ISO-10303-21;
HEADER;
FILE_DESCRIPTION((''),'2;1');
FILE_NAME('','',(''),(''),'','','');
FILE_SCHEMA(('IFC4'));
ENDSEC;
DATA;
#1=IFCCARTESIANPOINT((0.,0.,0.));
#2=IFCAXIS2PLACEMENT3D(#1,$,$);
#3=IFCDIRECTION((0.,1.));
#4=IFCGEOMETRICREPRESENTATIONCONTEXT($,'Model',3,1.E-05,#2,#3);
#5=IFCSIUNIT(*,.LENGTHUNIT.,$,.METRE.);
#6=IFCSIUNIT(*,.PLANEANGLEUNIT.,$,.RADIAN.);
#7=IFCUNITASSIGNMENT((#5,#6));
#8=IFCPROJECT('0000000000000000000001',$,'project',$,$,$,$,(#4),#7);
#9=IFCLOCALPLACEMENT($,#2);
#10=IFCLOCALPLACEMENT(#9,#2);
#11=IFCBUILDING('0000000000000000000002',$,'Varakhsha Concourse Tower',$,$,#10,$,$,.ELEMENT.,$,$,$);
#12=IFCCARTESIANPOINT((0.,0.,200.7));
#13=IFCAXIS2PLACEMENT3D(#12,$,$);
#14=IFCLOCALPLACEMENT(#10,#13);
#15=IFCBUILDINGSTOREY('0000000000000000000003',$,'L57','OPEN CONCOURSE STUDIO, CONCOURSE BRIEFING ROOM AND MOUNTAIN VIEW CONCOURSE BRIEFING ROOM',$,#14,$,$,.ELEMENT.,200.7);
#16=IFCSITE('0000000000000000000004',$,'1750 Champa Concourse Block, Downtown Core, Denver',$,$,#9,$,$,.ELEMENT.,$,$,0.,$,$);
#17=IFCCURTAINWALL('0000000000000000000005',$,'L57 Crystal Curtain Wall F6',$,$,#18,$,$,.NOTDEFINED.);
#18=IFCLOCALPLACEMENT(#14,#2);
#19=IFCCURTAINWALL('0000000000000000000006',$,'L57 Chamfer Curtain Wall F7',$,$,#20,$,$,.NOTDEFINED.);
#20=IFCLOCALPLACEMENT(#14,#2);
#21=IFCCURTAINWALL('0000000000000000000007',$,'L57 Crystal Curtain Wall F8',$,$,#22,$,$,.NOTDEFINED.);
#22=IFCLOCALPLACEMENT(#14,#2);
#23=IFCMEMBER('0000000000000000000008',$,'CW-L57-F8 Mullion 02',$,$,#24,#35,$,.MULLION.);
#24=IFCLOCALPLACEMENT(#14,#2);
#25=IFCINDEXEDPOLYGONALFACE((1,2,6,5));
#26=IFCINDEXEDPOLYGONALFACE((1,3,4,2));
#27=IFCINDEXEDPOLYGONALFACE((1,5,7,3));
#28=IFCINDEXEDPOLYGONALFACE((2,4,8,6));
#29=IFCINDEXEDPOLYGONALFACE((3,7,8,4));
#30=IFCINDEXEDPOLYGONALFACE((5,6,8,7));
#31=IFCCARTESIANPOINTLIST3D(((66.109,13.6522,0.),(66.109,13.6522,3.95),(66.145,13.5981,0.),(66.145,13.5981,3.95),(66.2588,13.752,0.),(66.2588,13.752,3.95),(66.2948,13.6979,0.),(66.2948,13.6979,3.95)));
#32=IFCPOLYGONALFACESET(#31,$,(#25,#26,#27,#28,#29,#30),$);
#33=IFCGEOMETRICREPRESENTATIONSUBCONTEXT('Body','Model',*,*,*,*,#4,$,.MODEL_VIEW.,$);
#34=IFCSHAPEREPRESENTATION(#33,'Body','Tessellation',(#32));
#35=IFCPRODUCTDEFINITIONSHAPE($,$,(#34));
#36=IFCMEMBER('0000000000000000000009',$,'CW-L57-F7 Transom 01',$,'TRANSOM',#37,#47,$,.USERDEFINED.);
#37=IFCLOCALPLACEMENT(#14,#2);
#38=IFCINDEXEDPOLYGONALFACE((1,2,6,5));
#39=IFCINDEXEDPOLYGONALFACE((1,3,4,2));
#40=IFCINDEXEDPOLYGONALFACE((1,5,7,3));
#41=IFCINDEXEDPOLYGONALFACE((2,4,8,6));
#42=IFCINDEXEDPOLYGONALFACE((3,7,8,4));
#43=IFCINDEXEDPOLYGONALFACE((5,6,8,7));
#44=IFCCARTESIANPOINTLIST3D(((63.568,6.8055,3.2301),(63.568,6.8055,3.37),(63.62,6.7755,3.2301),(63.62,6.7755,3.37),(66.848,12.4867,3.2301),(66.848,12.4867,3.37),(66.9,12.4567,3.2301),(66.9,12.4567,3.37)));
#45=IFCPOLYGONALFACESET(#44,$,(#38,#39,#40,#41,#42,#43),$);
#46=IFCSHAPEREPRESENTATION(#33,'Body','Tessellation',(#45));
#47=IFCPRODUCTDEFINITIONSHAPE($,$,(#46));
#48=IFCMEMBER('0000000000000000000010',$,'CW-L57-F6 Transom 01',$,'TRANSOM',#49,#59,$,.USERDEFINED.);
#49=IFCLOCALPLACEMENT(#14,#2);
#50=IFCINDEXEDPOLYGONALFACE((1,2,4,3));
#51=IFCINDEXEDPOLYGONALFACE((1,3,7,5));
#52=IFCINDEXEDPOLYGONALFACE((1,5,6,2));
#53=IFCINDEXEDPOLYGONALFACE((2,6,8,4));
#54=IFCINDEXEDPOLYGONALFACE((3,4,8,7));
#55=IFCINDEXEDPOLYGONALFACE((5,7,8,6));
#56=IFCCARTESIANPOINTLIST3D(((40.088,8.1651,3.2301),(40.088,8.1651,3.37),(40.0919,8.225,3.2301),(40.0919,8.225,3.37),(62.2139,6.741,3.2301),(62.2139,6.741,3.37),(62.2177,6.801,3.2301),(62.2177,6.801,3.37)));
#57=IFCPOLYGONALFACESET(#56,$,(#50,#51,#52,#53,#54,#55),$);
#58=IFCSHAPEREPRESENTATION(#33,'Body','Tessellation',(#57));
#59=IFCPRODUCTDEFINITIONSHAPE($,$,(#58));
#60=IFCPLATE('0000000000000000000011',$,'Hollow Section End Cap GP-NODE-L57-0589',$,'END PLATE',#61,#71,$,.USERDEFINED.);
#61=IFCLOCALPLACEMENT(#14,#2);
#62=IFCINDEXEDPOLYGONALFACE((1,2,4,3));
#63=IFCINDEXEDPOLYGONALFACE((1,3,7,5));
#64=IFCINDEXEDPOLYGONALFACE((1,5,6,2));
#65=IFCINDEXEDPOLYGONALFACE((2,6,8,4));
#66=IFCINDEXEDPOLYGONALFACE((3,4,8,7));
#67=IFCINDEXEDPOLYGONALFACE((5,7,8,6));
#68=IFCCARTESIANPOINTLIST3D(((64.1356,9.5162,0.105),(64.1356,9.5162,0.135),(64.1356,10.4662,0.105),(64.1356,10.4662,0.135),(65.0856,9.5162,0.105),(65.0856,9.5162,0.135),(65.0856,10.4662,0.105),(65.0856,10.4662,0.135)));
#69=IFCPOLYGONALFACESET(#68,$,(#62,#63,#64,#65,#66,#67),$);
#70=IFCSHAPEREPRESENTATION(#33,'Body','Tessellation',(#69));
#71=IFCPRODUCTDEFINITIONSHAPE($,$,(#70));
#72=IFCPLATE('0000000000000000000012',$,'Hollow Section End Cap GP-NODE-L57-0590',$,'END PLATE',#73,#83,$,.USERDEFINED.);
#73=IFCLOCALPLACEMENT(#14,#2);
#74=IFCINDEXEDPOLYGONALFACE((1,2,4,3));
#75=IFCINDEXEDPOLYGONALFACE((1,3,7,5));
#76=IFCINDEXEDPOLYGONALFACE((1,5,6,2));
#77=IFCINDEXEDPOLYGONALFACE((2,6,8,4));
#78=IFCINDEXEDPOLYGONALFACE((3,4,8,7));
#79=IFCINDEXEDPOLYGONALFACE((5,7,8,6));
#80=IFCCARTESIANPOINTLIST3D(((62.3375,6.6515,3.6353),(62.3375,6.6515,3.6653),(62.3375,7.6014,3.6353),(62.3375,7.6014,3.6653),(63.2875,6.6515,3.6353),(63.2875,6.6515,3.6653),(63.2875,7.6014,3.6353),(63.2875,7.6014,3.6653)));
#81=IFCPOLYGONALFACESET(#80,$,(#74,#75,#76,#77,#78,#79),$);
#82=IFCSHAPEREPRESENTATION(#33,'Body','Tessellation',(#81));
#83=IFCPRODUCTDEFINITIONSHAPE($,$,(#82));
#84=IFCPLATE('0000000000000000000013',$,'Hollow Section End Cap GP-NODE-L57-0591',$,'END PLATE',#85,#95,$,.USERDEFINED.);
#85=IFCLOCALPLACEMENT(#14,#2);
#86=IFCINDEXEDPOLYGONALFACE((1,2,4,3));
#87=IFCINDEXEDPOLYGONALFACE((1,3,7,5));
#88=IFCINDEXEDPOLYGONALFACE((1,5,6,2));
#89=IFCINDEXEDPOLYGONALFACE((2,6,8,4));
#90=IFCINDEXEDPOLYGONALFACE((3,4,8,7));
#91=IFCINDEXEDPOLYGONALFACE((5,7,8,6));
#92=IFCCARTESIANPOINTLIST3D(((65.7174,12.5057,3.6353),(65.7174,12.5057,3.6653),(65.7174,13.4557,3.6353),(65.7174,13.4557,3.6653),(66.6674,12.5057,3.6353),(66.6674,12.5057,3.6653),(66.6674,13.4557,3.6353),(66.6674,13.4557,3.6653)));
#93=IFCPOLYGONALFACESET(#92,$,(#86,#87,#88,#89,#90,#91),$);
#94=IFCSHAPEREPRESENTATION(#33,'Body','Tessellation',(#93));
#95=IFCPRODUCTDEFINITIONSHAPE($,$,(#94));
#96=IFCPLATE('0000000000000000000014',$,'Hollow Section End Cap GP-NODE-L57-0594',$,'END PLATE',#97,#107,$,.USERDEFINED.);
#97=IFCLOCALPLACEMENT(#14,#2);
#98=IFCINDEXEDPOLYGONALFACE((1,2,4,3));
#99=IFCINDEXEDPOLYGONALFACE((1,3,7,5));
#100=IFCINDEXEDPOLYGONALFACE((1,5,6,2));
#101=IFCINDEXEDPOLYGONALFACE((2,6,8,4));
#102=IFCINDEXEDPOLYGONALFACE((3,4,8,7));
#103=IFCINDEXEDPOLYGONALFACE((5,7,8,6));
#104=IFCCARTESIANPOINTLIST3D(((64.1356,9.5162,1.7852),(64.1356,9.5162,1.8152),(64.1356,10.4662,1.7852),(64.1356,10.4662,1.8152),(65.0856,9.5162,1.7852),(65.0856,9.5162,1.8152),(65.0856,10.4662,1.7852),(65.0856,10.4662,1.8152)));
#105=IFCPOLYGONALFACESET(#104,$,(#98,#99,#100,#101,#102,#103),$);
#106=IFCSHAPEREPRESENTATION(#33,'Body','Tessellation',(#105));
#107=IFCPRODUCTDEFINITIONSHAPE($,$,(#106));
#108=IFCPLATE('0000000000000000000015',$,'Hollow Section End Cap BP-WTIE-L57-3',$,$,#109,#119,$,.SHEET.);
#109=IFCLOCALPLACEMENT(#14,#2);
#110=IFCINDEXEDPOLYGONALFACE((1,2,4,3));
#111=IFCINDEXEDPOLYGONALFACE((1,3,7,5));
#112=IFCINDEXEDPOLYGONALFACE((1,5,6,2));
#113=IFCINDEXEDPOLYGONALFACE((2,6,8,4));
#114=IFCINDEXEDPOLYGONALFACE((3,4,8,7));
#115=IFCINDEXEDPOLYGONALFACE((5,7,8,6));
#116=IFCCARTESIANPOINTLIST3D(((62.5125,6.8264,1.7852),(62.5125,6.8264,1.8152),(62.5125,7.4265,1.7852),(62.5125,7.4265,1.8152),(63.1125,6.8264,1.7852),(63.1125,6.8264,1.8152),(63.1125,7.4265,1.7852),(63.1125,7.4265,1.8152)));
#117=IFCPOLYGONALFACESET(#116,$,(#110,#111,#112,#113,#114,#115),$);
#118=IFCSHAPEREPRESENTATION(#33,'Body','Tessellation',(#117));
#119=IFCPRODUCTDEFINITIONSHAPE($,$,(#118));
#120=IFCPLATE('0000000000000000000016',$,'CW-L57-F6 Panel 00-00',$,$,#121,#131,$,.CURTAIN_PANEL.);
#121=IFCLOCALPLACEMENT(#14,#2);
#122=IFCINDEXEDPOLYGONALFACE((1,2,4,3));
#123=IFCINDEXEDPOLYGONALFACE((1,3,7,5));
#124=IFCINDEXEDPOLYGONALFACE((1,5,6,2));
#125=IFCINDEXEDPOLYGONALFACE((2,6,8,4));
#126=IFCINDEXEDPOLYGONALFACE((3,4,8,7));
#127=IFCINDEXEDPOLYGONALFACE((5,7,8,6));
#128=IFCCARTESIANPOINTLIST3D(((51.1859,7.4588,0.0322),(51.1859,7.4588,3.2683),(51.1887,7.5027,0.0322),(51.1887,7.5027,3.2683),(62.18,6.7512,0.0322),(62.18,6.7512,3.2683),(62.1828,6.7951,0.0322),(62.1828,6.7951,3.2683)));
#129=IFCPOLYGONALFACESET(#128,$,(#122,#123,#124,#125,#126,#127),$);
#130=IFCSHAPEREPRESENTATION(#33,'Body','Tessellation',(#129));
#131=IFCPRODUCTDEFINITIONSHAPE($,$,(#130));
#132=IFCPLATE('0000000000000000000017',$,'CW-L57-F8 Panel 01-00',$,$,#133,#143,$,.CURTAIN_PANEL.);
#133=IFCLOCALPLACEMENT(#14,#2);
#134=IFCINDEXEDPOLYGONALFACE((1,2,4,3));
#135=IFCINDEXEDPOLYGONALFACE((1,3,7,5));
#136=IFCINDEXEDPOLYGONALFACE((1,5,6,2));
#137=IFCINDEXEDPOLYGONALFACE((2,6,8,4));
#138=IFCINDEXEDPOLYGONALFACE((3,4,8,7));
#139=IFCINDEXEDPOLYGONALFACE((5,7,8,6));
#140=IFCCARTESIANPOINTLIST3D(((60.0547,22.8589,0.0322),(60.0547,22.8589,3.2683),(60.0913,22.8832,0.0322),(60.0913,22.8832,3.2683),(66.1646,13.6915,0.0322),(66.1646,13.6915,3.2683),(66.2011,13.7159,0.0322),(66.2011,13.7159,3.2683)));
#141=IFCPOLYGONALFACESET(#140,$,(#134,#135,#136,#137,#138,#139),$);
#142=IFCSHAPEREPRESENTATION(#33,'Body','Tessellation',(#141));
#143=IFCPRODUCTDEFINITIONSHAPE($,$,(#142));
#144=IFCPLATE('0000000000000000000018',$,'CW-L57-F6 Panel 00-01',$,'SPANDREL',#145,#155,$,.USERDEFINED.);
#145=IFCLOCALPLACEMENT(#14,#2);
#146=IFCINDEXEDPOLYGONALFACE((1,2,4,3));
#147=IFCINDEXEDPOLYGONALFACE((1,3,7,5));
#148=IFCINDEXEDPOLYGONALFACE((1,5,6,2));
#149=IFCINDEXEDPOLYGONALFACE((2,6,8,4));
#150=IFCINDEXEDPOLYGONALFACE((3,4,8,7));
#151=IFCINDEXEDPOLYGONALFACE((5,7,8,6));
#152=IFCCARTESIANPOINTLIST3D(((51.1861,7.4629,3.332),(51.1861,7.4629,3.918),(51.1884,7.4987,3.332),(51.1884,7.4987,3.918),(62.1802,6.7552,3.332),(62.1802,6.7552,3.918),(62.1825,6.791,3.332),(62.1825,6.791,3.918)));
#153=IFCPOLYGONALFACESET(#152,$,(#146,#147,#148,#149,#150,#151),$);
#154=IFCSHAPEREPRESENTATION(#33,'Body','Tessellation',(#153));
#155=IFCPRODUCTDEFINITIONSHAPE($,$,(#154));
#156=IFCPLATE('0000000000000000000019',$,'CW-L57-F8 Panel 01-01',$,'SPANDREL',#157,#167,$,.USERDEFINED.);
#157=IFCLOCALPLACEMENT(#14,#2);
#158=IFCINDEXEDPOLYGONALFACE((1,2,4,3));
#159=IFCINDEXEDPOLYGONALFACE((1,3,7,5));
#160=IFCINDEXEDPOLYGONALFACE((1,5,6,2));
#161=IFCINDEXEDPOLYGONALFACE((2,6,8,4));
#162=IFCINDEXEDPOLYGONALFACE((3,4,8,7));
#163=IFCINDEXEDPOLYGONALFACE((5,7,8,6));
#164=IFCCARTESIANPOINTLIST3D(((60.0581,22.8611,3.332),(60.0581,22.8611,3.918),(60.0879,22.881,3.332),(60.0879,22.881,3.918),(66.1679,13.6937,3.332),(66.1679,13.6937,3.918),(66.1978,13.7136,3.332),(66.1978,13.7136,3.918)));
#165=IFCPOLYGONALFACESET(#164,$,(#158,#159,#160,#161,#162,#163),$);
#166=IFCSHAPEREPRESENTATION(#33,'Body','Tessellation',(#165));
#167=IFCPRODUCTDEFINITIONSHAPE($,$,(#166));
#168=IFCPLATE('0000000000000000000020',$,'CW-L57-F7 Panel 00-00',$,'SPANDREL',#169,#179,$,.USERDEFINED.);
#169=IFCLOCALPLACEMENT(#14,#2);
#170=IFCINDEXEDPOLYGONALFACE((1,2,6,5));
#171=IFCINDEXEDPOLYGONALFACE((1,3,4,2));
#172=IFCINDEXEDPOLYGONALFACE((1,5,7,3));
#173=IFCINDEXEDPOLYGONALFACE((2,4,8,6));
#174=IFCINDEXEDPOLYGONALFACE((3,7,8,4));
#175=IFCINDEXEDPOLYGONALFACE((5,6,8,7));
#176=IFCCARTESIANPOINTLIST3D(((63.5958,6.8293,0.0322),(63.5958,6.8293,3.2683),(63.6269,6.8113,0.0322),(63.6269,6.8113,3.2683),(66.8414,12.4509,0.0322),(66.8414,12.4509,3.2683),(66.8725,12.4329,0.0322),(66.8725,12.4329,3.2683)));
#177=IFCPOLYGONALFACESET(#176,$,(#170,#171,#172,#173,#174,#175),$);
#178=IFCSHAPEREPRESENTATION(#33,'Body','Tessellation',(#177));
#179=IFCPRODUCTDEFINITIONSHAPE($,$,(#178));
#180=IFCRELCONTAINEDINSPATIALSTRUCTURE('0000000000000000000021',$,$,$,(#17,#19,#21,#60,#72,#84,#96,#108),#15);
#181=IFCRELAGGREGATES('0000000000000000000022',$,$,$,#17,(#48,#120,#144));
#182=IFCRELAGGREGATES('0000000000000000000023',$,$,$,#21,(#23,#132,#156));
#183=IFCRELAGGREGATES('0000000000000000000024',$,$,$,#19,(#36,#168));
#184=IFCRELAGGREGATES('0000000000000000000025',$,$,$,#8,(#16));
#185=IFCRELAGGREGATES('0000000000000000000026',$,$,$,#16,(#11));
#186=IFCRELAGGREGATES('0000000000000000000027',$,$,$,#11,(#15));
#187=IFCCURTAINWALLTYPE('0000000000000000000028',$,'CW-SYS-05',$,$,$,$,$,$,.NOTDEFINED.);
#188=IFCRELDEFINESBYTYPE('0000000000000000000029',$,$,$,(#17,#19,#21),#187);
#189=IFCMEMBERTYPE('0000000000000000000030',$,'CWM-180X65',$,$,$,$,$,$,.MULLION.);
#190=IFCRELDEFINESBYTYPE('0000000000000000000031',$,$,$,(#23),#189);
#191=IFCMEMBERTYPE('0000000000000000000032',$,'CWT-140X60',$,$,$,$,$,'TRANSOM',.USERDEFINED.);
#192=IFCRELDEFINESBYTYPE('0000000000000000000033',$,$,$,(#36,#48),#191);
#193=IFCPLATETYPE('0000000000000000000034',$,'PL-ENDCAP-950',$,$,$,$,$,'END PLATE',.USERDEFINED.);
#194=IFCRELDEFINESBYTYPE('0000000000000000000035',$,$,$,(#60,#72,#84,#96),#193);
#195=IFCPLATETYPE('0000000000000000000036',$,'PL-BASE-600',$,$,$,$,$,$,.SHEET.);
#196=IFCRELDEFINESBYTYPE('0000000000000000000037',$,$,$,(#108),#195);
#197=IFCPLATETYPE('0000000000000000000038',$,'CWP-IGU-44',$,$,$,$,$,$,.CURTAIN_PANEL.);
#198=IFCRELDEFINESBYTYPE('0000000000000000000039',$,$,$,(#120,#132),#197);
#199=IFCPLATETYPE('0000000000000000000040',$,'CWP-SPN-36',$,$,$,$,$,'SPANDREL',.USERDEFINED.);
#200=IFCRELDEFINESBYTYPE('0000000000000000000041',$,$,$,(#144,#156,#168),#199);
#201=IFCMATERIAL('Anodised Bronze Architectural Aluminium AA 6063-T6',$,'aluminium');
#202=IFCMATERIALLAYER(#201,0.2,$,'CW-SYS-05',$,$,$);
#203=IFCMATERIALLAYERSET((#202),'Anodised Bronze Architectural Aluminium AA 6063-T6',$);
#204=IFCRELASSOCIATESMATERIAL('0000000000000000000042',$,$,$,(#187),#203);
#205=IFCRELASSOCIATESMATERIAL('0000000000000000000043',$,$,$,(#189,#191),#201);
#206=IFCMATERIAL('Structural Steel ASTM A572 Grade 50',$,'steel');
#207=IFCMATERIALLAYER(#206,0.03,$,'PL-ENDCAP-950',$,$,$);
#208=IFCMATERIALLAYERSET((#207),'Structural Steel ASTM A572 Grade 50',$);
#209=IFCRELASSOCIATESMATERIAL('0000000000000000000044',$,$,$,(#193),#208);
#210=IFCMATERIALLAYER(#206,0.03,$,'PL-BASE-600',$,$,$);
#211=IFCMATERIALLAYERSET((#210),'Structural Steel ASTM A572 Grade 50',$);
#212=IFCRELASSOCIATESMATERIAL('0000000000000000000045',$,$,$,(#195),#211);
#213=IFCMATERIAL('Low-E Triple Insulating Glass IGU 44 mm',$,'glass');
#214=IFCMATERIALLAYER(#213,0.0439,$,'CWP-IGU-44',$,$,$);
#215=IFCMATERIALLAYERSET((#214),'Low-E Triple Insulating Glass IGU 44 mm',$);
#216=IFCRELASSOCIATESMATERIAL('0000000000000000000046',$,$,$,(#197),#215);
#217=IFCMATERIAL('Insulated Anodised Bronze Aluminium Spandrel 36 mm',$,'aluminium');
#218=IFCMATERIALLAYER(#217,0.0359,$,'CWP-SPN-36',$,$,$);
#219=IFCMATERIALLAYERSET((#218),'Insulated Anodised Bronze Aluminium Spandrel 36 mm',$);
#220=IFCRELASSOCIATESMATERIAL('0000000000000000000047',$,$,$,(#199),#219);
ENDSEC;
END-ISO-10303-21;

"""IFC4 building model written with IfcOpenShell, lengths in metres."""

from ifc_helpers import new_model, si_unit, direction, frame, origin, origin_2d, place, context, subcontext, project, spatial, rectangle, extrude, source, transform, mapped, material, layer, layer_set, material_profile, profile_set, type_object, type_shapes, element, aggregate, save


model = new_model("IFC4")

# Units and contexts
model_context = context("Model", 3, precision=1e-05, world=origin(), true_north=direction((0.0, 1.0)))
body_context = subcontext(model_context, "Body", "Model", "MODEL_VIEW")
ifc_project = project(units=[si_unit("LENGTHUNIT", "METRE"), si_unit("PLANEANGLEUNIT", "RADIAN")], contexts=[model_context])

# Site, building, storey
site_placement = place(None, origin())
site = spatial("IfcSite", under=ifc_project, at=site_placement, Name="1750 Champa Concourse Block, Downtown Core, Denver", CompositionType="ELEMENT", RefElevation=0.0)
building_placement = place(site_placement, origin())
building = spatial("IfcBuilding", under=site, at=building_placement, Name="Varakhsha Concourse Tower", CompositionType="ELEMENT")
storey_placement = place(building_placement, frame((0.0, 0.0, 200.7)))
storey = spatial("IfcBuildingStorey", under=building, at=storey_placement, Name="L57", Description="OPEN CONCOURSE STUDIO, CONCOURSE BRIEFING ROOM AND MOUNTAIN VIEW CONCOURSE BRIEFING ROOM", CompositionType="ELEMENT", Elevation=200.7)

# Shared definitions
ifc_material_1 = material(Name="Structural Steel ASTM A572 Grade 50", Category="steel")

# Curtain wall
ifc_material_2 = material(Name="Anodised Bronze Architectural Aluminium AA 6063-T6", Category="aluminium")
ifc_layer_1 = layer(ifc_material_2, 0.2, Name="CW-SYS-05")
ifc_layer_set_1 = layer_set([ifc_layer_1], Name="Anodised Bronze Architectural Aluminium AA 6063-T6")
curtain_wall_type = type_object("IfcCurtainWallType", Name="CW-SYS-05", PredefinedType="NOTDEFINED", material=ifc_layer_set_1)
curtain_wall_1_placement = place(storey_placement, origin())
curtain_wall_1 = element("IfcCurtainWall", 1, at=curtain_wall_1_placement, inside=storey, type_object=curtain_wall_type, Name="L57 Crystal Curtain Wall F6", PredefinedType="NOTDEFINED")
ifc_material_profile_1 = material_profile(ifc_material_2, rectangle(XDim=0.0649, YDim=0.1799, at=origin_2d()), Name="CWM-180X65")
ifc_profile_set_1 = profile_set([ifc_material_profile_1], Name="Anodised Bronze Architectural Aluminium AA 6063-T6")
member_type_1 = type_object("IfcMemberType", Name="CWM-180X65", PredefinedType="MULLION", material=ifc_profile_set_1)
shared_shape_1 = source(origin(), body_context, "Body", "SweptSolid", [
    extrude(rectangle(XDim=0.0649, YDim=0.1799, at=origin_2d()), origin(), (0.0, 0.0, 1.0), 3.95),
])
type_shapes(member_type_1, [shared_shape_1])

# Curtain wall
curtain_wall_2_placement = place(storey_placement, origin())
curtain_wall_2 = element("IfcCurtainWall", 2, at=curtain_wall_2_placement, inside=storey, type_object=curtain_wall_type, Name="L57 Chamfer Curtain Wall F7", PredefinedType="NOTDEFINED")

# Curtain wall, member
curtain_wall_3_placement = place(storey_placement, origin())
curtain_wall_3 = element("IfcCurtainWall", 3, at=curtain_wall_3_placement, inside=storey, type_object=curtain_wall_type, Name="L57 Crystal Curtain Wall F8", PredefinedType="NOTDEFINED")
member_1_placement = place(storey_placement, frame((66.2019, 13.675, 0.0), z_axis=(0.0, 0.0, 1.0), x_axis=(0.554592, -0.832123, 0.0)))
member_1 = element("IfcMember", 4, at=member_1_placement, type_object=member_type_1, Name="CW-L57-F8 Mullion 02", PredefinedType="MULLION", context=body_context, shape_type="MappedRepresentation", body=[
    mapped(shared_shape_1, transform((0.0, 0.0, 0.0), scale=1.0)),
])

# Members
ifc_material_profile_2 = material_profile(ifc_material_2, rectangle(XDim=0.0601, YDim=0.1399, at=origin_2d()), Name="CWT-140X60")
ifc_profile_set_2 = profile_set([ifc_material_profile_2], Name="Anodised Bronze Architectural Aluminium AA 6063-T6")
member_type_2 = type_object("IfcMemberType", Name="CWT-140X60", ElementType="TRANSOM", PredefinedType="USERDEFINED", material=ifc_profile_set_2)
shared_shape_2 = source(origin(), body_context, "Body", "SweptSolid", [
    extrude(rectangle(XDim=0.0601, YDim=0.1399, at=origin_2d()), origin(), (0.0, 0.0, 1.0), 6.5601),
])
member_2_placement = place(storey_placement, frame((66.874, 12.4717, 3.3), z_axis=(-0.500002, -0.866024, 0.0), x_axis=(0.866024, -0.500002, 0.0)))
member_2 = element("IfcMember", 5, at=member_2_placement, type_object=member_type_2, Name="CW-L57-F7 Transom 01", ObjectType="TRANSOM", PredefinedType="USERDEFINED", context=body_context, shape_type="MappedRepresentation", body=[
    mapped(shared_shape_2, transform((0.0, 0.0, 0.0), scale=1.0)),
])
shared_shape_3 = source(origin(), body_context, "Body", "SweptSolid", [
    extrude(rectangle(XDim=0.0601, YDim=0.1399, at=origin_2d()), origin(), (0.0, 0.0, 1.0), 22.1716),
])
type_shapes(member_type_2, [shared_shape_2, shared_shape_3])
member_3_placement = place(storey_placement, frame((62.2158, 6.771, 3.3), z_axis=(-0.997935, 0.06423, 0.0), x_axis=(-0.06423, -0.997935, 0.0)))
member_3 = element("IfcMember", 6, at=member_3_placement, type_object=member_type_2, Name="CW-L57-F6 Transom 01", ObjectType="TRANSOM", PredefinedType="USERDEFINED", context=body_context, shape_type="MappedRepresentation", body=[
    mapped(shared_shape_3, transform((0.0, 0.0, 0.0), scale=1.0)),
])

# Plates
ifc_layer_2 = layer(ifc_material_1, 0.03, Name="PL-ENDCAP-950")
ifc_layer_set_2 = layer_set([ifc_layer_2], Name="Structural Steel ASTM A572 Grade 50")
plate_type_1 = type_object("IfcPlateType", Name="PL-ENDCAP-950", ElementType="END PLATE", PredefinedType="USERDEFINED", material=ifc_layer_set_2)
shared_shape_4 = source(origin(), body_context, "Body", "SweptSolid", [
    extrude(rectangle(XDim=0.95, YDim=0.95, at=origin_2d()), origin(), (0.0, 0.0, 1.0), 0.03),
])
type_shapes(plate_type_1, [shared_shape_4])
for number, where, z_axis, x_axis, name in (
    (7, (64.6106, 9.9912, 0.105), (0.0, 0.0, 1.0), (1.0, 0.0, 0.0), "Hollow Section End Cap GP-NODE-L57-0589"),
    (8, (62.8125, 7.1265, 3.6353), (0.0, 0.0, 1.0), (1.0, 0.0, 0.0), "Hollow Section End Cap GP-NODE-L57-0590"),
    (9, (66.1924, 12.9807, 3.6353), (0.0, 0.0, 1.0), (1.0, 0.0, 0.0), "Hollow Section End Cap GP-NODE-L57-0591"),
    (10, (64.6106, 9.9912, 1.7852), (0.0, 0.0, 1.0), (1.0, 0.0, 0.0), "Hollow Section End Cap GP-NODE-L57-0594"),
):
    element("IfcPlate", number, at=place(storey_placement, frame(where, z_axis=z_axis, x_axis=x_axis)), inside=storey, type_object=plate_type_1, Name=name, ObjectType="END PLATE", PredefinedType="USERDEFINED", context=body_context, shape_type="MappedRepresentation", body=[
        mapped(shared_shape_4, transform((0.0, 0.0, 0.0), scale=1.0)),
    ])
ifc_layer_3 = layer(ifc_material_1, 0.03, Name="PL-BASE-600")
ifc_layer_set_3 = layer_set([ifc_layer_3], Name="Structural Steel ASTM A572 Grade 50")
plate_type_2 = type_object("IfcPlateType", Name="PL-BASE-600", PredefinedType="SHEET", material=ifc_layer_set_3)
shared_shape_5 = source(origin(), body_context, "Body", "SweptSolid", [
    extrude(rectangle(XDim=0.6001, YDim=0.6001, at=origin_2d()), origin(), (0.0, 0.0, 1.0), 0.03),
])
type_shapes(plate_type_2, [shared_shape_5])
plate_1_placement = place(storey_placement, frame((62.8125, 7.1265, 1.7852), z_axis=(0.0, 0.0, 1.0), x_axis=(1.0, 0.0, 0.0)))
element("IfcPlate", 11, at=plate_1_placement, inside=storey, type_object=plate_type_2, Name="Hollow Section End Cap BP-WTIE-L57-3", PredefinedType="SHEET", context=body_context, shape_type="MappedRepresentation", body=[
    mapped(shared_shape_5, transform((0.0, 0.0, 0.0), scale=1.0)),
])

# Plates
ifc_material_3 = material(Name="Low-E Triple Insulating Glass IGU 44 mm", Category="glass")
ifc_layer_4 = layer(ifc_material_3, 0.0439, Name="CWP-IGU-44")
ifc_layer_set_4 = layer_set([ifc_layer_4], Name="Low-E Triple Insulating Glass IGU 44 mm")
plate_type_3 = type_object("IfcPlateType", Name="CWP-IGU-44", PredefinedType="CURTAIN_PANEL", material=ifc_layer_set_4)
shared_shape_6 = source(origin(), body_context, "Body", "SweptSolid", [
    extrude(rectangle(XDim=11.0168, YDim=0.0439, at=origin_2d()), origin(), (0.0, 0.0, 1.0), 3.2361),
])
type_shapes(plate_type_3, [shared_shape_6])
plate_2_placement = place(storey_placement, frame((56.6843, 7.127, 0.0322), z_axis=(0.0, 0.0, 1.0), x_axis=(-0.997935, 0.064231, 0.0)))
plate_2 = element("IfcPlate", 12, at=plate_2_placement, type_object=plate_type_3, Name="CW-L57-F6 Panel 00-00", PredefinedType="CURTAIN_PANEL", context=body_context, shape_type="MappedRepresentation", body=[
    mapped(shared_shape_6, transform((0.0, 0.0, 0.0), scale=1.0)),
])
plate_3_placement = place(storey_placement, frame((63.1279, 18.2874, 0.0322), z_axis=(0.0, 0.0, 1.0), x_axis=(0.554592, -0.832123, 0.0)))
plate_3 = element("IfcPlate", 13, at=plate_3_placement, type_object=plate_type_3, Name="CW-L57-F8 Panel 01-00", PredefinedType="CURTAIN_PANEL", context=body_context, shape_type="MappedRepresentation", body=[
    mapped(shared_shape_6, transform((0.0, 0.0, 0.0), scale=1.0)),
])
ifc_material_4 = material(Name="Insulated Anodised Bronze Aluminium Spandrel 36 mm", Category="aluminium")
ifc_layer_5 = layer(ifc_material_4, 0.0359, Name="CWP-SPN-36")
ifc_layer_set_5 = layer_set([ifc_layer_5], Name="Insulated Anodised Bronze Aluminium Spandrel 36 mm")
plate_type_4 = type_object("IfcPlateType", Name="CWP-SPN-36", ElementType="SPANDREL", PredefinedType="USERDEFINED", material=ifc_layer_set_5)
shared_shape_7 = source(origin(), body_context, "Body", "SweptSolid", [
    extrude(rectangle(XDim=11.0168, YDim=0.0359, at=origin_2d()), origin(), (0.0, 0.0, 1.0), 0.5859),
])
plate_4_placement = place(storey_placement, frame((56.6843, 7.127, 3.332), z_axis=(0.0, 0.0, 1.0), x_axis=(-0.997935, 0.064231, 0.0)))
plate_4 = element("IfcPlate", 14, at=plate_4_placement, type_object=plate_type_4, Name="CW-L57-F6 Panel 00-01", ObjectType="SPANDREL", PredefinedType="USERDEFINED", context=body_context, shape_type="MappedRepresentation", body=[
    mapped(shared_shape_7, transform((0.0, 0.0, 0.0), scale=1.0)),
])
aggregate(curtain_wall_1, [member_3, plate_2, plate_4])
plate_5_placement = place(storey_placement, frame((63.1279, 18.2874, 3.332), z_axis=(0.0, 0.0, 1.0), x_axis=(0.554592, -0.832123, 0.0)))
plate_5 = element("IfcPlate", 15, at=plate_5_placement, type_object=plate_type_4, Name="CW-L57-F8 Panel 01-01", ObjectType="SPANDREL", PredefinedType="USERDEFINED", context=body_context, shape_type="MappedRepresentation", body=[
    mapped(shared_shape_7, transform((0.0, 0.0, 0.0), scale=1.0)),
])
aggregate(curtain_wall_3, [member_1, plate_3, plate_5])
shared_shape_8 = source(origin(), body_context, "Body", "SweptSolid", [
    extrude(rectangle(XDim=6.4912, YDim=0.0359, at=origin_2d()), origin(), (0.0, 0.0, 1.0), 3.2361),
])
plate_6_placement = place(storey_placement, frame((65.2341, 9.6311, 0.0322), z_axis=(0.0, 0.0, 1.0), x_axis=(-0.499995, -0.866028, 0.0)))
plate_6 = element("IfcPlate", 16, at=plate_6_placement, type_object=plate_type_4, Name="CW-L57-F7 Panel 00-00", ObjectType="SPANDREL", PredefinedType="USERDEFINED", context=body_context, shape_type="MappedRepresentation", body=[
    mapped(shared_shape_8, transform((0.0, 0.0, 0.0), scale=1.0)),
])
aggregate(curtain_wall_2, [member_2, plate_6])

save(model, "model.ifc")
